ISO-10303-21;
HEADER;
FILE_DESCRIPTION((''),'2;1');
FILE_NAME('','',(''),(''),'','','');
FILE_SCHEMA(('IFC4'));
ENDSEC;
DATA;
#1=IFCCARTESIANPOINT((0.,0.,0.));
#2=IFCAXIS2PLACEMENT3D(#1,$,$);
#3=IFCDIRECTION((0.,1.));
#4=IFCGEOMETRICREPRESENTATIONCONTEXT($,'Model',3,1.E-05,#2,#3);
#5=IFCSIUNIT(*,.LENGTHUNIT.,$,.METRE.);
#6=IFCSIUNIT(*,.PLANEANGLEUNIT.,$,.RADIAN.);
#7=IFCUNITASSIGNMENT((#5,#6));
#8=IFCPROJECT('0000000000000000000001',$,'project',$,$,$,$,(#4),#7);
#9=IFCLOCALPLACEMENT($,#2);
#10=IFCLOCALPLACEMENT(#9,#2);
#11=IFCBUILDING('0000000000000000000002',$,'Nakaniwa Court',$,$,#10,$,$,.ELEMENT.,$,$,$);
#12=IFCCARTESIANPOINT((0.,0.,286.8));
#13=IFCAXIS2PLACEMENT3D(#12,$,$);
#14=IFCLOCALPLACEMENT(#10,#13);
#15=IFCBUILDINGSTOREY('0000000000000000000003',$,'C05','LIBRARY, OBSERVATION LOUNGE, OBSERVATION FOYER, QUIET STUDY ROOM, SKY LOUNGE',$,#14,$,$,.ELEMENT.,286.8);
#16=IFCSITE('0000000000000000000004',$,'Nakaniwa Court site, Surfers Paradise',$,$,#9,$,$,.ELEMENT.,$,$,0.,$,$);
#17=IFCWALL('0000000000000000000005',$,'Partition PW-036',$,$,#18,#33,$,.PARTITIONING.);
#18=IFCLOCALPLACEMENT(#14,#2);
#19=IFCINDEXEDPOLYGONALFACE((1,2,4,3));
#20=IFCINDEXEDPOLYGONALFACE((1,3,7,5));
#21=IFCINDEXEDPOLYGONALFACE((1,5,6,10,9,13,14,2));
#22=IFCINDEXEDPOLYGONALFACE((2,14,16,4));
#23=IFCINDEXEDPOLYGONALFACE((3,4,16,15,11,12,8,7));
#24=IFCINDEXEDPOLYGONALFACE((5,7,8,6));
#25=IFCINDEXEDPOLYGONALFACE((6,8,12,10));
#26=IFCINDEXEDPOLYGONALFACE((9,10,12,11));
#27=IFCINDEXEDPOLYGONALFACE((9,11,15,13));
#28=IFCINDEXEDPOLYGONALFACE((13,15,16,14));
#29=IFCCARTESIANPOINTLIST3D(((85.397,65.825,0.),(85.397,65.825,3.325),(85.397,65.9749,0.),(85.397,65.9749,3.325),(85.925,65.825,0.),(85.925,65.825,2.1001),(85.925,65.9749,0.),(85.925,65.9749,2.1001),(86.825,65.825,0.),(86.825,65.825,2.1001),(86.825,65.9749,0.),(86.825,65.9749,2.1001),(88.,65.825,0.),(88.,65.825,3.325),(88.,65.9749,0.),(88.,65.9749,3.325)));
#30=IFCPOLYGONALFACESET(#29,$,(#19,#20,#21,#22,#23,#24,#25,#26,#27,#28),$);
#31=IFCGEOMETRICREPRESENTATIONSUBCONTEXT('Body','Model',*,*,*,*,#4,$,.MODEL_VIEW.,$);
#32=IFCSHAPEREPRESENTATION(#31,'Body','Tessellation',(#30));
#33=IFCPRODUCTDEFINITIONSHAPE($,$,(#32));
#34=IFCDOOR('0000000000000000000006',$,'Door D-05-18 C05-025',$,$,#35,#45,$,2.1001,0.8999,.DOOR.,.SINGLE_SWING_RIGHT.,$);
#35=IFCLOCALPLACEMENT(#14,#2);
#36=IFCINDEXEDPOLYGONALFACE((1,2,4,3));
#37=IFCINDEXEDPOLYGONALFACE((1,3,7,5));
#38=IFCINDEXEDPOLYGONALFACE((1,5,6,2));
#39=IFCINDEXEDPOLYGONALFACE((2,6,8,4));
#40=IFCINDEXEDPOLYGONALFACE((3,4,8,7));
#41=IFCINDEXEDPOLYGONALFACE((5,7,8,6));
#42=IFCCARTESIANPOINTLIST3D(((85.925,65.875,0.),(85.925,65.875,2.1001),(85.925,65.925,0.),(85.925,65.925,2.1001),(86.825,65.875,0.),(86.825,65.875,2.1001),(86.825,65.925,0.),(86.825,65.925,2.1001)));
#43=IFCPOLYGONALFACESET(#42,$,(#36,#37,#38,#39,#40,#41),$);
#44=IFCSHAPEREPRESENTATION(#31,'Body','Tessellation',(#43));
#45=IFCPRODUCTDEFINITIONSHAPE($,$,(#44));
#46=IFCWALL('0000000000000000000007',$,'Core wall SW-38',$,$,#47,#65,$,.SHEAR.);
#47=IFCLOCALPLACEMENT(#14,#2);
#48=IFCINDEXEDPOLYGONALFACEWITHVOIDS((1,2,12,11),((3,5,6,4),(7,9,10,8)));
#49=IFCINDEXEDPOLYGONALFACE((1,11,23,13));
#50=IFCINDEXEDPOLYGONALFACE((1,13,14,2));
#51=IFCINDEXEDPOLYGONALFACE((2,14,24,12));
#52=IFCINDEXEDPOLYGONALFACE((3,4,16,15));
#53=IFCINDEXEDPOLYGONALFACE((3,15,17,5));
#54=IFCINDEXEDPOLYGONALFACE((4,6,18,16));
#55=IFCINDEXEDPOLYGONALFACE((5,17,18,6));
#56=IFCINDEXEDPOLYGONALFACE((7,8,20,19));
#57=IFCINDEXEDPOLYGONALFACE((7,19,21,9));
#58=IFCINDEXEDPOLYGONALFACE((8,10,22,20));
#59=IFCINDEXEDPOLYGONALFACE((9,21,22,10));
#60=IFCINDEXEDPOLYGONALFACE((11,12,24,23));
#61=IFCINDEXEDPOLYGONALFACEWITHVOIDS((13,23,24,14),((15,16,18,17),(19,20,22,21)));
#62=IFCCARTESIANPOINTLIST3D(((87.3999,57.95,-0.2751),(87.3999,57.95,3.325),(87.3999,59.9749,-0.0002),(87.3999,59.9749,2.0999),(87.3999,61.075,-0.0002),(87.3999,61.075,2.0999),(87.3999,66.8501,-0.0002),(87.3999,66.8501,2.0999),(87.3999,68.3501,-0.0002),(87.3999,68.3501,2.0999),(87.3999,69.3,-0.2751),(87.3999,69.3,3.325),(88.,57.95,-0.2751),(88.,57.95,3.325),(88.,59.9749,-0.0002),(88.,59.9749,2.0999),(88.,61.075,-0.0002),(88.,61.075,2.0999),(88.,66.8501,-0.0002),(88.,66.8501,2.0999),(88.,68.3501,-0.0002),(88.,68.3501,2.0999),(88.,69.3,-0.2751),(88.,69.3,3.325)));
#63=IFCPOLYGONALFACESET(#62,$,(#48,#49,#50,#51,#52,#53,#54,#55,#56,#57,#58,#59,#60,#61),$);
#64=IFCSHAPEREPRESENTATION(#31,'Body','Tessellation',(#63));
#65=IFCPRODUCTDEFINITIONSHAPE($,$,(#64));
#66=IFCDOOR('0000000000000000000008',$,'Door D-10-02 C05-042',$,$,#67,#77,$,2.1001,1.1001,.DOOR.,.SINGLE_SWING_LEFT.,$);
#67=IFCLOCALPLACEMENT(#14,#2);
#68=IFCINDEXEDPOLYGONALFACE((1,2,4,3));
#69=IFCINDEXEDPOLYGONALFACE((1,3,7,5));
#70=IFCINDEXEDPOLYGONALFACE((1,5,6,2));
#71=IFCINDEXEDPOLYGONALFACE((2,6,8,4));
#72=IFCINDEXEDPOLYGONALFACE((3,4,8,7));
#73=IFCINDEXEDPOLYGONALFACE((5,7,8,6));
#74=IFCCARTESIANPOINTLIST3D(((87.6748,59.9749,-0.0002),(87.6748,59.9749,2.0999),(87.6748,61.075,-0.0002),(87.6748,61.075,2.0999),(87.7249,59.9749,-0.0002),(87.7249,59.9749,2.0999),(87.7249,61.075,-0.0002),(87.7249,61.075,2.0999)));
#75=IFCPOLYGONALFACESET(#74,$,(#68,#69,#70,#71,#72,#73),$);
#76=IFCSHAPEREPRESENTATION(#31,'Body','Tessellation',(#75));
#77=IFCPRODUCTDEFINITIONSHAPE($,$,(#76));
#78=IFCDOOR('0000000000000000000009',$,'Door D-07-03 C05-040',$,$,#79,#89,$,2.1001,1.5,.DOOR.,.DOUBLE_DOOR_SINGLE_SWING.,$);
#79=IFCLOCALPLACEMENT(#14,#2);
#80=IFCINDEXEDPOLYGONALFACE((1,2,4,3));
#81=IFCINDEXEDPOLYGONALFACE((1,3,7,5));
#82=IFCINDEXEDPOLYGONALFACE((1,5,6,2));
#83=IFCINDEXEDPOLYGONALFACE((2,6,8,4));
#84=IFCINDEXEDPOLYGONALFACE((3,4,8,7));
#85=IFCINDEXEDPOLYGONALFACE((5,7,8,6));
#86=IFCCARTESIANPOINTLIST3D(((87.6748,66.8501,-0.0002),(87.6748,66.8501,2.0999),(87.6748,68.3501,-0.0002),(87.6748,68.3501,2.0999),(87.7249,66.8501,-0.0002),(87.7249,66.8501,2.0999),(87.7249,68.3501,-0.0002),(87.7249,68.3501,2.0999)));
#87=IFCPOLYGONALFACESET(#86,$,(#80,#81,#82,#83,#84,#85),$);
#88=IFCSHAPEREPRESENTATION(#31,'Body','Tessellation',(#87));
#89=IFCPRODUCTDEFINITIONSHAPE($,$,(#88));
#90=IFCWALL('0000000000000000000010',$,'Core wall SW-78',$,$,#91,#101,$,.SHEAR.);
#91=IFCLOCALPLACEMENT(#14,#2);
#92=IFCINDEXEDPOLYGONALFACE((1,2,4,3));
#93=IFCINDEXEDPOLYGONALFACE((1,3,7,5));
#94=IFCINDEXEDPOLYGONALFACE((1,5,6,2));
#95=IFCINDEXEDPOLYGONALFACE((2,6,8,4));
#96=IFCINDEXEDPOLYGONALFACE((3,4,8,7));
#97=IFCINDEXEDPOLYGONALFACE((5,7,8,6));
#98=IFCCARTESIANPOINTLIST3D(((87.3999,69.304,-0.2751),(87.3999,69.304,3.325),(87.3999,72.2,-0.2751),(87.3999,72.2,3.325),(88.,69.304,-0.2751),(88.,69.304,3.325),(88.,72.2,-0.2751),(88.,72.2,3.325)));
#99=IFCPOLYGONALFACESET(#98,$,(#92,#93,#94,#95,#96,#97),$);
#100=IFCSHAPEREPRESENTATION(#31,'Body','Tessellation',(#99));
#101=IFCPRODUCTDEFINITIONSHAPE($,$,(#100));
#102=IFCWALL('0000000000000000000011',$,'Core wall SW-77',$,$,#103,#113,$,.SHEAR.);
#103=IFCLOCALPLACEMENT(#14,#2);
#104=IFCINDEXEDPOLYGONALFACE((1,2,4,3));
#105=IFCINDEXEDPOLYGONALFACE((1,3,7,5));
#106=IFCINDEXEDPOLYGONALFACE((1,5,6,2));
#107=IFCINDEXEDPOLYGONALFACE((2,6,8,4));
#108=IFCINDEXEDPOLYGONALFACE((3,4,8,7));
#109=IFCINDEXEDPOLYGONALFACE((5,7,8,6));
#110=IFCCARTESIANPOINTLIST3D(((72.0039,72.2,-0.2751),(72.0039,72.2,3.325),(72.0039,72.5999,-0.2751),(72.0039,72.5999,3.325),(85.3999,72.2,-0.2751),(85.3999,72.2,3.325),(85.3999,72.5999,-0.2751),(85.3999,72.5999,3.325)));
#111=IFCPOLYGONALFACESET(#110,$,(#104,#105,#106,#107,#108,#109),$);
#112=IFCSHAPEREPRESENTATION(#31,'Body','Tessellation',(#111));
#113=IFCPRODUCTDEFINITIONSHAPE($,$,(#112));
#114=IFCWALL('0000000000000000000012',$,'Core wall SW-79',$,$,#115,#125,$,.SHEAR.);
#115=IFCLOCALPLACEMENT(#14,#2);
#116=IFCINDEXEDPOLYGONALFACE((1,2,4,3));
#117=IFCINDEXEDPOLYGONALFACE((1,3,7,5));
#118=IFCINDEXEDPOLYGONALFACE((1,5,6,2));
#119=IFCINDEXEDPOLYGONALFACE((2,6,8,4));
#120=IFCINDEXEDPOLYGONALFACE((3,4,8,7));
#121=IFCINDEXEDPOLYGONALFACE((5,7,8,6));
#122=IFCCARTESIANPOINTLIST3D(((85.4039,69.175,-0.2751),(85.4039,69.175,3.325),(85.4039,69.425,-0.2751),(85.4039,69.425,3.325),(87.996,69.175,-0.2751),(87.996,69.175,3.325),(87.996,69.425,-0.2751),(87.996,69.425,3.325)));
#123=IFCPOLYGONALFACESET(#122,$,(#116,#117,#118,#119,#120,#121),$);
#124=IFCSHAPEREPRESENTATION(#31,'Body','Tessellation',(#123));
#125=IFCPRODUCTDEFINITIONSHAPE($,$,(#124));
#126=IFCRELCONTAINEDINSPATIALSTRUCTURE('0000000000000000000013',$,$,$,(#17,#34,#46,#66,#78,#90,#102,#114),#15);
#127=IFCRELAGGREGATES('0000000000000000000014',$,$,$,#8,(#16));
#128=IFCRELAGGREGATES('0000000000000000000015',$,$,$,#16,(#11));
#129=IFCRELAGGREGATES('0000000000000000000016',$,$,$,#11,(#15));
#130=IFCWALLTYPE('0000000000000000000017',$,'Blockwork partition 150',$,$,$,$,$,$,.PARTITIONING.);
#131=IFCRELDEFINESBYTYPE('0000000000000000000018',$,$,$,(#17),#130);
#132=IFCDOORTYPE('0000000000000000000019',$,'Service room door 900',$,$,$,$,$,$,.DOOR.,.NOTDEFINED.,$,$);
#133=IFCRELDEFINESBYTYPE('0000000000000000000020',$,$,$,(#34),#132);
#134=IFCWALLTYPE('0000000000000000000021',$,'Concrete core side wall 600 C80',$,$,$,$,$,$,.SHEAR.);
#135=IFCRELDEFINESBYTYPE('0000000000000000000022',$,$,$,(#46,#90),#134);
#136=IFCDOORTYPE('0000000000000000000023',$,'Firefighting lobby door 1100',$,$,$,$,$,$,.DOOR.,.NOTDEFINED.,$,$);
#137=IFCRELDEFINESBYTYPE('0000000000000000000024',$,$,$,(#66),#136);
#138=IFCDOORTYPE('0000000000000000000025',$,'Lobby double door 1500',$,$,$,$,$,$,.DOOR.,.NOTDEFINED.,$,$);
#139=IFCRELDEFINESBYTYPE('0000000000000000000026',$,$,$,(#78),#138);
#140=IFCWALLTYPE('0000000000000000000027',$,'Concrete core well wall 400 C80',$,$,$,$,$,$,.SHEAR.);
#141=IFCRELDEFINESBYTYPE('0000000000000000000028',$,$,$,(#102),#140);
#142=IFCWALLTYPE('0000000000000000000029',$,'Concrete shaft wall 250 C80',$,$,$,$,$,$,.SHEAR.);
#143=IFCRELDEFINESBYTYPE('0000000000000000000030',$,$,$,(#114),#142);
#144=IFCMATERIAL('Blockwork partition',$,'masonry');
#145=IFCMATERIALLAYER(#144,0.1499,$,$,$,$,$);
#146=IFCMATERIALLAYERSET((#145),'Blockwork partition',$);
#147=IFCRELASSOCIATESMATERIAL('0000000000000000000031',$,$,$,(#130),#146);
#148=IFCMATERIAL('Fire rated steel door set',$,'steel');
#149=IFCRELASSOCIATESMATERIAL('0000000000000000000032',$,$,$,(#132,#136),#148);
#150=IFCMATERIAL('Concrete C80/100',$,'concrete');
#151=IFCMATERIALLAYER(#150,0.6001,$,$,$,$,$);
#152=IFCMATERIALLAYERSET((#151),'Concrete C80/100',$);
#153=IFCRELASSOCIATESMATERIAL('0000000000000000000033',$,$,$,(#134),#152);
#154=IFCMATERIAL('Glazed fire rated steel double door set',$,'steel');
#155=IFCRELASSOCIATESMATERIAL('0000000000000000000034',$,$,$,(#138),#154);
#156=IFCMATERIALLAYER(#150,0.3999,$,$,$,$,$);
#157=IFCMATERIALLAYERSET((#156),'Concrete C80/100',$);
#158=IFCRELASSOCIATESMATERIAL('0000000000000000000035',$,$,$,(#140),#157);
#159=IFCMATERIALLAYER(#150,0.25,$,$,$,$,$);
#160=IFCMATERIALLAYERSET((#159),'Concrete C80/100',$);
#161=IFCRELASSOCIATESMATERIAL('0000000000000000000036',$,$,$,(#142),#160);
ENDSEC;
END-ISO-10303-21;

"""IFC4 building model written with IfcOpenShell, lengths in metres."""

from ifc_helpers import new_model, si_unit, direction, frame, frame_2d, origin, place, context, subcontext, project, spatial, rectangle, extrude, material, layer, layer_set, type_object, element, fill, save


model = new_model("IFC4")

# Units and contexts
model_context = context("Model", 3, precision=1e-05, world=origin(), true_north=direction((0.0, 1.0)))
body_context = subcontext(model_context, "Body", "Model", "MODEL_VIEW")
ifc_project = project(units=[si_unit("LENGTHUNIT", "METRE"), si_unit("PLANEANGLEUNIT", "RADIAN")], contexts=[model_context])

# Site, building, storey
site_placement = place(None, origin())
site = spatial("IfcSite", under=ifc_project, at=site_placement, Name="Nakaniwa Court site, Surfers Paradise", CompositionType="ELEMENT", RefElevation=0.0)
building_placement = place(site_placement, origin())
building = spatial("IfcBuilding", under=site, at=building_placement, Name="Nakaniwa Court", CompositionType="ELEMENT")
storey_placement = place(building_placement, frame((0.0, 0.0, 286.8)))
storey = spatial("IfcBuildingStorey", under=building, at=storey_placement, Name="C05", Description="LIBRARY, OBSERVATION LOUNGE, OBSERVATION FOYER, QUIET STUDY ROOM, SKY LOUNGE", CompositionType="ELEMENT", Elevation=286.8)

# Shared definitions
ifc_material_1 = material(Name="Blockwork partition", Category="masonry")
ifc_layer_1 = layer(ifc_material_1, 0.1499)
ifc_layer_set_1 = layer_set([ifc_layer_1], Name="Blockwork partition")
wall_type_1 = type_object("IfcWallType", Name="Blockwork partition 150", PredefinedType="PARTITIONING", material=ifc_layer_set_1)

# Shared definitions
ifc_material_2 = material(Name="Fire rated steel door set", Category="steel")
door_type_1 = type_object("IfcDoorType", Name="Service room door 900", OperationType="NOTDEFINED", PredefinedType="DOOR", material=ifc_material_2)

# Wall, opening, door
wall_1_placement = place(storey_placement, frame((88.0, 65.8999, 0.0), z_axis=(0.0, 0.0, 1.0), x_axis=(-1.0, 0.0, 0.0)))
wall_1 = element("IfcWall", 1, at=wall_1_placement, inside=storey, type_object=wall_type_1, Name="Partition PW-036", PredefinedType="PARTITIONING", context=body_context, shape_type="SweptSolid", body=[
    extrude(rectangle(XDim=2.603, YDim=0.1499, at=frame_2d((1.3015, 0.0))), origin(), (0.0, 0.0, 1.0), 3.325),
])
opening_1_placement = place(wall_1_placement, frame((1.175, 0.0, 0.0)))
opening_1 = element("IfcOpeningElement", 2, at=opening_1_placement, cuts=wall_1, PredefinedType="OPENING", context=body_context, shape_type="SweptSolid", body=[
    extrude(rectangle(XDim=0.8999, YDim=2.1001, at=frame_2d((0.45, 1.05))), frame((0.0, 0.085, 0.0), z_axis=(0.0, -1.0, 0.0), x_axis=(1.0, 0.0, 0.0)), (0.0, 0.0, 1.0), 0.1699),
])
door_1_placement = place(opening_1_placement, origin())
door_1 = element("IfcDoor", 3, at=door_1_placement, inside=storey, type_object=door_type_1, Name="Door D-05-18 C05-025", OperationType="SINGLE_SWING_RIGHT", OverallHeight=2.1001, OverallWidth=0.8999, PredefinedType="DOOR", context=body_context, shape_type="SweptSolid", body=[
    extrude(rectangle(XDim=0.8999, YDim=2.1001, at=frame_2d((0.45, 1.05))), frame((0.0, 0.0249, 0.0), z_axis=(0.0, -1.0, 0.0), x_axis=(1.0, 0.0, 0.0)), (0.0, 0.0, 1.0), 0.05),
])
fill(opening_1, door_1)

# Wall, openings, doors
ifc_material_3 = material(Name="Concrete C80/100", Category="concrete")
ifc_layer_2 = layer(ifc_material_3, 0.6001)
ifc_layer_set_2 = layer_set([ifc_layer_2], Name="Concrete C80/100")
wall_type_2 = type_object("IfcWallType", Name="Concrete core side wall 600 C80", PredefinedType="SHEAR", material=ifc_layer_set_2)
wall_2_placement = place(storey_placement, frame((87.7, 69.3, -0.2751), z_axis=(0.0, 0.0, 1.0), x_axis=(0.0, -1.0, 0.0)))
wall_2 = element("IfcWall", 4, at=wall_2_placement, inside=storey, type_object=wall_type_2, Name="Core wall SW-38", PredefinedType="SHEAR", context=body_context, shape_type="SweptSolid", body=[
    extrude(rectangle(XDim=11.3501, YDim=0.6001, at=frame_2d((5.675, 0.0))), origin(), (0.0, 0.0, 1.0), 3.6001),
])
opening_2_placement = place(wall_2_placement, frame((0.95, 0.0, 0.2749)))
opening_2 = element("IfcOpeningElement", 5, at=opening_2_placement, cuts=wall_2, PredefinedType="OPENING", context=body_context, shape_type="SweptSolid", body=[
    extrude(rectangle(XDim=1.5, YDim=2.1001, at=frame_2d((0.75, 1.05))), frame((0.0, 0.3101, 0.0), z_axis=(0.0, -1.0, 0.0), x_axis=(1.0, 0.0, 0.0)), (0.0, 0.0, 1.0), 0.6201),
])
opening_3_placement = place(wall_2_placement, frame((8.2251, 0.0, 0.2749)))
opening_3 = element("IfcOpeningElement", 6, at=opening_3_placement, cuts=wall_2, PredefinedType="OPENING", context=body_context, shape_type="SweptSolid", body=[
    extrude(rectangle(XDim=1.1001, YDim=2.1001, at=frame_2d((0.55, 1.05))), frame((0.0, 0.3101, 0.0), z_axis=(0.0, -1.0, 0.0), x_axis=(1.0, 0.0, 0.0)), (0.0, 0.0, 1.0), 0.6201),
])
door_type_2 = type_object("IfcDoorType", Name="Firefighting lobby door 1100", OperationType="NOTDEFINED", PredefinedType="DOOR", material=ifc_material_2)
door_2_placement = place(opening_3_placement, origin())
door_2 = element("IfcDoor", 7, at=door_2_placement, inside=storey, type_object=door_type_2, Name="Door D-10-02 C05-042", OperationType="SINGLE_SWING_LEFT", OverallHeight=2.1001, OverallWidth=1.1001, PredefinedType="DOOR", context=body_context, shape_type="SweptSolid", body=[
    extrude(rectangle(XDim=1.1001, YDim=2.1001, at=frame_2d((0.55, 1.05))), frame((0.0, 0.0249, 0.0), z_axis=(0.0, -1.0, 0.0), x_axis=(1.0, 0.0, 0.0)), (0.0, 0.0, 1.0), 0.05),
])
fill(opening_3, door_2)
ifc_material_4 = material(Name="Glazed fire rated steel double door set", Category="steel")
door_type_3 = type_object("IfcDoorType", Name="Lobby double door 1500", OperationType="NOTDEFINED", PredefinedType="DOOR", material=ifc_material_4)
door_3_placement = place(opening_2_placement, origin())
door_3 = element("IfcDoor", 8, at=door_3_placement, inside=storey, type_object=door_type_3, Name="Door D-07-03 C05-040", OperationType="DOUBLE_DOOR_SINGLE_SWING", OverallHeight=2.1001, OverallWidth=1.5, PredefinedType="DOOR", context=body_context, shape_type="SweptSolid", body=[
    extrude(rectangle(XDim=1.5, YDim=2.1001, at=frame_2d((0.75, 1.05))), frame((0.0, 0.0249, 0.0), z_axis=(0.0, -1.0, 0.0), x_axis=(1.0, 0.0, 0.0)), (0.0, 0.0, 1.0), 0.05),
])
fill(opening_2, door_3)

# Walls
wall_3_placement = place(storey_placement, frame((87.7, 69.304, -0.2751), z_axis=(0.0, 0.0, 1.0), x_axis=(0.0, 1.0, 0.0)))
element("IfcWall", 9, at=wall_3_placement, inside=storey, type_object=wall_type_2, Name="Core wall SW-78", PredefinedType="SHEAR", context=body_context, shape_type="SweptSolid", body=[
    extrude(rectangle(XDim=2.896, YDim=0.6001, at=frame_2d((1.448, 0.0))), origin(), (0.0, 0.0, 1.0), 3.6001),
])
ifc_layer_3 = layer(ifc_material_3, 0.3999)
ifc_layer_set_3 = layer_set([ifc_layer_3], Name="Concrete C80/100")
wall_type_3 = type_object("IfcWallType", Name="Concrete core well wall 400 C80", PredefinedType="SHEAR", material=ifc_layer_set_3)
wall_4_placement = place(storey_placement, frame((72.0039, 72.3999, -0.2751), z_axis=(0.0, 0.0, 1.0), x_axis=(1.0, 0.0, 0.0)))
element("IfcWall", 10, at=wall_4_placement, inside=storey, type_object=wall_type_3, Name="Core wall SW-77", PredefinedType="SHEAR", context=body_context, shape_type="SweptSolid", body=[
    extrude(rectangle(XDim=13.396, YDim=0.3999, at=frame_2d((6.698, 0.0))), origin(), (0.0, 0.0, 1.0), 3.6001),
])
ifc_layer_4 = layer(ifc_material_3, 0.25)
ifc_layer_set_4 = layer_set([ifc_layer_4], Name="Concrete C80/100")
wall_type_4 = type_object("IfcWallType", Name="Concrete shaft wall 250 C80", PredefinedType="SHEAR", material=ifc_layer_set_4)
wall_5_placement = place(storey_placement, frame((85.4041, 69.3, -0.2751), z_axis=(0.0, 0.0, 1.0), x_axis=(1.0, 0.0, 0.0)))
element("IfcWall", 11, at=wall_5_placement, inside=storey, type_object=wall_type_4, Name="Core wall SW-79", PredefinedType="SHEAR", context=body_context, shape_type="SweptSolid", body=[
    extrude(rectangle(XDim=2.592, YDim=0.25, at=frame_2d((1.2959, 0.0))), origin(), (0.0, 0.0, 1.0), 3.6001),
])

save(model, "model.ifc")
